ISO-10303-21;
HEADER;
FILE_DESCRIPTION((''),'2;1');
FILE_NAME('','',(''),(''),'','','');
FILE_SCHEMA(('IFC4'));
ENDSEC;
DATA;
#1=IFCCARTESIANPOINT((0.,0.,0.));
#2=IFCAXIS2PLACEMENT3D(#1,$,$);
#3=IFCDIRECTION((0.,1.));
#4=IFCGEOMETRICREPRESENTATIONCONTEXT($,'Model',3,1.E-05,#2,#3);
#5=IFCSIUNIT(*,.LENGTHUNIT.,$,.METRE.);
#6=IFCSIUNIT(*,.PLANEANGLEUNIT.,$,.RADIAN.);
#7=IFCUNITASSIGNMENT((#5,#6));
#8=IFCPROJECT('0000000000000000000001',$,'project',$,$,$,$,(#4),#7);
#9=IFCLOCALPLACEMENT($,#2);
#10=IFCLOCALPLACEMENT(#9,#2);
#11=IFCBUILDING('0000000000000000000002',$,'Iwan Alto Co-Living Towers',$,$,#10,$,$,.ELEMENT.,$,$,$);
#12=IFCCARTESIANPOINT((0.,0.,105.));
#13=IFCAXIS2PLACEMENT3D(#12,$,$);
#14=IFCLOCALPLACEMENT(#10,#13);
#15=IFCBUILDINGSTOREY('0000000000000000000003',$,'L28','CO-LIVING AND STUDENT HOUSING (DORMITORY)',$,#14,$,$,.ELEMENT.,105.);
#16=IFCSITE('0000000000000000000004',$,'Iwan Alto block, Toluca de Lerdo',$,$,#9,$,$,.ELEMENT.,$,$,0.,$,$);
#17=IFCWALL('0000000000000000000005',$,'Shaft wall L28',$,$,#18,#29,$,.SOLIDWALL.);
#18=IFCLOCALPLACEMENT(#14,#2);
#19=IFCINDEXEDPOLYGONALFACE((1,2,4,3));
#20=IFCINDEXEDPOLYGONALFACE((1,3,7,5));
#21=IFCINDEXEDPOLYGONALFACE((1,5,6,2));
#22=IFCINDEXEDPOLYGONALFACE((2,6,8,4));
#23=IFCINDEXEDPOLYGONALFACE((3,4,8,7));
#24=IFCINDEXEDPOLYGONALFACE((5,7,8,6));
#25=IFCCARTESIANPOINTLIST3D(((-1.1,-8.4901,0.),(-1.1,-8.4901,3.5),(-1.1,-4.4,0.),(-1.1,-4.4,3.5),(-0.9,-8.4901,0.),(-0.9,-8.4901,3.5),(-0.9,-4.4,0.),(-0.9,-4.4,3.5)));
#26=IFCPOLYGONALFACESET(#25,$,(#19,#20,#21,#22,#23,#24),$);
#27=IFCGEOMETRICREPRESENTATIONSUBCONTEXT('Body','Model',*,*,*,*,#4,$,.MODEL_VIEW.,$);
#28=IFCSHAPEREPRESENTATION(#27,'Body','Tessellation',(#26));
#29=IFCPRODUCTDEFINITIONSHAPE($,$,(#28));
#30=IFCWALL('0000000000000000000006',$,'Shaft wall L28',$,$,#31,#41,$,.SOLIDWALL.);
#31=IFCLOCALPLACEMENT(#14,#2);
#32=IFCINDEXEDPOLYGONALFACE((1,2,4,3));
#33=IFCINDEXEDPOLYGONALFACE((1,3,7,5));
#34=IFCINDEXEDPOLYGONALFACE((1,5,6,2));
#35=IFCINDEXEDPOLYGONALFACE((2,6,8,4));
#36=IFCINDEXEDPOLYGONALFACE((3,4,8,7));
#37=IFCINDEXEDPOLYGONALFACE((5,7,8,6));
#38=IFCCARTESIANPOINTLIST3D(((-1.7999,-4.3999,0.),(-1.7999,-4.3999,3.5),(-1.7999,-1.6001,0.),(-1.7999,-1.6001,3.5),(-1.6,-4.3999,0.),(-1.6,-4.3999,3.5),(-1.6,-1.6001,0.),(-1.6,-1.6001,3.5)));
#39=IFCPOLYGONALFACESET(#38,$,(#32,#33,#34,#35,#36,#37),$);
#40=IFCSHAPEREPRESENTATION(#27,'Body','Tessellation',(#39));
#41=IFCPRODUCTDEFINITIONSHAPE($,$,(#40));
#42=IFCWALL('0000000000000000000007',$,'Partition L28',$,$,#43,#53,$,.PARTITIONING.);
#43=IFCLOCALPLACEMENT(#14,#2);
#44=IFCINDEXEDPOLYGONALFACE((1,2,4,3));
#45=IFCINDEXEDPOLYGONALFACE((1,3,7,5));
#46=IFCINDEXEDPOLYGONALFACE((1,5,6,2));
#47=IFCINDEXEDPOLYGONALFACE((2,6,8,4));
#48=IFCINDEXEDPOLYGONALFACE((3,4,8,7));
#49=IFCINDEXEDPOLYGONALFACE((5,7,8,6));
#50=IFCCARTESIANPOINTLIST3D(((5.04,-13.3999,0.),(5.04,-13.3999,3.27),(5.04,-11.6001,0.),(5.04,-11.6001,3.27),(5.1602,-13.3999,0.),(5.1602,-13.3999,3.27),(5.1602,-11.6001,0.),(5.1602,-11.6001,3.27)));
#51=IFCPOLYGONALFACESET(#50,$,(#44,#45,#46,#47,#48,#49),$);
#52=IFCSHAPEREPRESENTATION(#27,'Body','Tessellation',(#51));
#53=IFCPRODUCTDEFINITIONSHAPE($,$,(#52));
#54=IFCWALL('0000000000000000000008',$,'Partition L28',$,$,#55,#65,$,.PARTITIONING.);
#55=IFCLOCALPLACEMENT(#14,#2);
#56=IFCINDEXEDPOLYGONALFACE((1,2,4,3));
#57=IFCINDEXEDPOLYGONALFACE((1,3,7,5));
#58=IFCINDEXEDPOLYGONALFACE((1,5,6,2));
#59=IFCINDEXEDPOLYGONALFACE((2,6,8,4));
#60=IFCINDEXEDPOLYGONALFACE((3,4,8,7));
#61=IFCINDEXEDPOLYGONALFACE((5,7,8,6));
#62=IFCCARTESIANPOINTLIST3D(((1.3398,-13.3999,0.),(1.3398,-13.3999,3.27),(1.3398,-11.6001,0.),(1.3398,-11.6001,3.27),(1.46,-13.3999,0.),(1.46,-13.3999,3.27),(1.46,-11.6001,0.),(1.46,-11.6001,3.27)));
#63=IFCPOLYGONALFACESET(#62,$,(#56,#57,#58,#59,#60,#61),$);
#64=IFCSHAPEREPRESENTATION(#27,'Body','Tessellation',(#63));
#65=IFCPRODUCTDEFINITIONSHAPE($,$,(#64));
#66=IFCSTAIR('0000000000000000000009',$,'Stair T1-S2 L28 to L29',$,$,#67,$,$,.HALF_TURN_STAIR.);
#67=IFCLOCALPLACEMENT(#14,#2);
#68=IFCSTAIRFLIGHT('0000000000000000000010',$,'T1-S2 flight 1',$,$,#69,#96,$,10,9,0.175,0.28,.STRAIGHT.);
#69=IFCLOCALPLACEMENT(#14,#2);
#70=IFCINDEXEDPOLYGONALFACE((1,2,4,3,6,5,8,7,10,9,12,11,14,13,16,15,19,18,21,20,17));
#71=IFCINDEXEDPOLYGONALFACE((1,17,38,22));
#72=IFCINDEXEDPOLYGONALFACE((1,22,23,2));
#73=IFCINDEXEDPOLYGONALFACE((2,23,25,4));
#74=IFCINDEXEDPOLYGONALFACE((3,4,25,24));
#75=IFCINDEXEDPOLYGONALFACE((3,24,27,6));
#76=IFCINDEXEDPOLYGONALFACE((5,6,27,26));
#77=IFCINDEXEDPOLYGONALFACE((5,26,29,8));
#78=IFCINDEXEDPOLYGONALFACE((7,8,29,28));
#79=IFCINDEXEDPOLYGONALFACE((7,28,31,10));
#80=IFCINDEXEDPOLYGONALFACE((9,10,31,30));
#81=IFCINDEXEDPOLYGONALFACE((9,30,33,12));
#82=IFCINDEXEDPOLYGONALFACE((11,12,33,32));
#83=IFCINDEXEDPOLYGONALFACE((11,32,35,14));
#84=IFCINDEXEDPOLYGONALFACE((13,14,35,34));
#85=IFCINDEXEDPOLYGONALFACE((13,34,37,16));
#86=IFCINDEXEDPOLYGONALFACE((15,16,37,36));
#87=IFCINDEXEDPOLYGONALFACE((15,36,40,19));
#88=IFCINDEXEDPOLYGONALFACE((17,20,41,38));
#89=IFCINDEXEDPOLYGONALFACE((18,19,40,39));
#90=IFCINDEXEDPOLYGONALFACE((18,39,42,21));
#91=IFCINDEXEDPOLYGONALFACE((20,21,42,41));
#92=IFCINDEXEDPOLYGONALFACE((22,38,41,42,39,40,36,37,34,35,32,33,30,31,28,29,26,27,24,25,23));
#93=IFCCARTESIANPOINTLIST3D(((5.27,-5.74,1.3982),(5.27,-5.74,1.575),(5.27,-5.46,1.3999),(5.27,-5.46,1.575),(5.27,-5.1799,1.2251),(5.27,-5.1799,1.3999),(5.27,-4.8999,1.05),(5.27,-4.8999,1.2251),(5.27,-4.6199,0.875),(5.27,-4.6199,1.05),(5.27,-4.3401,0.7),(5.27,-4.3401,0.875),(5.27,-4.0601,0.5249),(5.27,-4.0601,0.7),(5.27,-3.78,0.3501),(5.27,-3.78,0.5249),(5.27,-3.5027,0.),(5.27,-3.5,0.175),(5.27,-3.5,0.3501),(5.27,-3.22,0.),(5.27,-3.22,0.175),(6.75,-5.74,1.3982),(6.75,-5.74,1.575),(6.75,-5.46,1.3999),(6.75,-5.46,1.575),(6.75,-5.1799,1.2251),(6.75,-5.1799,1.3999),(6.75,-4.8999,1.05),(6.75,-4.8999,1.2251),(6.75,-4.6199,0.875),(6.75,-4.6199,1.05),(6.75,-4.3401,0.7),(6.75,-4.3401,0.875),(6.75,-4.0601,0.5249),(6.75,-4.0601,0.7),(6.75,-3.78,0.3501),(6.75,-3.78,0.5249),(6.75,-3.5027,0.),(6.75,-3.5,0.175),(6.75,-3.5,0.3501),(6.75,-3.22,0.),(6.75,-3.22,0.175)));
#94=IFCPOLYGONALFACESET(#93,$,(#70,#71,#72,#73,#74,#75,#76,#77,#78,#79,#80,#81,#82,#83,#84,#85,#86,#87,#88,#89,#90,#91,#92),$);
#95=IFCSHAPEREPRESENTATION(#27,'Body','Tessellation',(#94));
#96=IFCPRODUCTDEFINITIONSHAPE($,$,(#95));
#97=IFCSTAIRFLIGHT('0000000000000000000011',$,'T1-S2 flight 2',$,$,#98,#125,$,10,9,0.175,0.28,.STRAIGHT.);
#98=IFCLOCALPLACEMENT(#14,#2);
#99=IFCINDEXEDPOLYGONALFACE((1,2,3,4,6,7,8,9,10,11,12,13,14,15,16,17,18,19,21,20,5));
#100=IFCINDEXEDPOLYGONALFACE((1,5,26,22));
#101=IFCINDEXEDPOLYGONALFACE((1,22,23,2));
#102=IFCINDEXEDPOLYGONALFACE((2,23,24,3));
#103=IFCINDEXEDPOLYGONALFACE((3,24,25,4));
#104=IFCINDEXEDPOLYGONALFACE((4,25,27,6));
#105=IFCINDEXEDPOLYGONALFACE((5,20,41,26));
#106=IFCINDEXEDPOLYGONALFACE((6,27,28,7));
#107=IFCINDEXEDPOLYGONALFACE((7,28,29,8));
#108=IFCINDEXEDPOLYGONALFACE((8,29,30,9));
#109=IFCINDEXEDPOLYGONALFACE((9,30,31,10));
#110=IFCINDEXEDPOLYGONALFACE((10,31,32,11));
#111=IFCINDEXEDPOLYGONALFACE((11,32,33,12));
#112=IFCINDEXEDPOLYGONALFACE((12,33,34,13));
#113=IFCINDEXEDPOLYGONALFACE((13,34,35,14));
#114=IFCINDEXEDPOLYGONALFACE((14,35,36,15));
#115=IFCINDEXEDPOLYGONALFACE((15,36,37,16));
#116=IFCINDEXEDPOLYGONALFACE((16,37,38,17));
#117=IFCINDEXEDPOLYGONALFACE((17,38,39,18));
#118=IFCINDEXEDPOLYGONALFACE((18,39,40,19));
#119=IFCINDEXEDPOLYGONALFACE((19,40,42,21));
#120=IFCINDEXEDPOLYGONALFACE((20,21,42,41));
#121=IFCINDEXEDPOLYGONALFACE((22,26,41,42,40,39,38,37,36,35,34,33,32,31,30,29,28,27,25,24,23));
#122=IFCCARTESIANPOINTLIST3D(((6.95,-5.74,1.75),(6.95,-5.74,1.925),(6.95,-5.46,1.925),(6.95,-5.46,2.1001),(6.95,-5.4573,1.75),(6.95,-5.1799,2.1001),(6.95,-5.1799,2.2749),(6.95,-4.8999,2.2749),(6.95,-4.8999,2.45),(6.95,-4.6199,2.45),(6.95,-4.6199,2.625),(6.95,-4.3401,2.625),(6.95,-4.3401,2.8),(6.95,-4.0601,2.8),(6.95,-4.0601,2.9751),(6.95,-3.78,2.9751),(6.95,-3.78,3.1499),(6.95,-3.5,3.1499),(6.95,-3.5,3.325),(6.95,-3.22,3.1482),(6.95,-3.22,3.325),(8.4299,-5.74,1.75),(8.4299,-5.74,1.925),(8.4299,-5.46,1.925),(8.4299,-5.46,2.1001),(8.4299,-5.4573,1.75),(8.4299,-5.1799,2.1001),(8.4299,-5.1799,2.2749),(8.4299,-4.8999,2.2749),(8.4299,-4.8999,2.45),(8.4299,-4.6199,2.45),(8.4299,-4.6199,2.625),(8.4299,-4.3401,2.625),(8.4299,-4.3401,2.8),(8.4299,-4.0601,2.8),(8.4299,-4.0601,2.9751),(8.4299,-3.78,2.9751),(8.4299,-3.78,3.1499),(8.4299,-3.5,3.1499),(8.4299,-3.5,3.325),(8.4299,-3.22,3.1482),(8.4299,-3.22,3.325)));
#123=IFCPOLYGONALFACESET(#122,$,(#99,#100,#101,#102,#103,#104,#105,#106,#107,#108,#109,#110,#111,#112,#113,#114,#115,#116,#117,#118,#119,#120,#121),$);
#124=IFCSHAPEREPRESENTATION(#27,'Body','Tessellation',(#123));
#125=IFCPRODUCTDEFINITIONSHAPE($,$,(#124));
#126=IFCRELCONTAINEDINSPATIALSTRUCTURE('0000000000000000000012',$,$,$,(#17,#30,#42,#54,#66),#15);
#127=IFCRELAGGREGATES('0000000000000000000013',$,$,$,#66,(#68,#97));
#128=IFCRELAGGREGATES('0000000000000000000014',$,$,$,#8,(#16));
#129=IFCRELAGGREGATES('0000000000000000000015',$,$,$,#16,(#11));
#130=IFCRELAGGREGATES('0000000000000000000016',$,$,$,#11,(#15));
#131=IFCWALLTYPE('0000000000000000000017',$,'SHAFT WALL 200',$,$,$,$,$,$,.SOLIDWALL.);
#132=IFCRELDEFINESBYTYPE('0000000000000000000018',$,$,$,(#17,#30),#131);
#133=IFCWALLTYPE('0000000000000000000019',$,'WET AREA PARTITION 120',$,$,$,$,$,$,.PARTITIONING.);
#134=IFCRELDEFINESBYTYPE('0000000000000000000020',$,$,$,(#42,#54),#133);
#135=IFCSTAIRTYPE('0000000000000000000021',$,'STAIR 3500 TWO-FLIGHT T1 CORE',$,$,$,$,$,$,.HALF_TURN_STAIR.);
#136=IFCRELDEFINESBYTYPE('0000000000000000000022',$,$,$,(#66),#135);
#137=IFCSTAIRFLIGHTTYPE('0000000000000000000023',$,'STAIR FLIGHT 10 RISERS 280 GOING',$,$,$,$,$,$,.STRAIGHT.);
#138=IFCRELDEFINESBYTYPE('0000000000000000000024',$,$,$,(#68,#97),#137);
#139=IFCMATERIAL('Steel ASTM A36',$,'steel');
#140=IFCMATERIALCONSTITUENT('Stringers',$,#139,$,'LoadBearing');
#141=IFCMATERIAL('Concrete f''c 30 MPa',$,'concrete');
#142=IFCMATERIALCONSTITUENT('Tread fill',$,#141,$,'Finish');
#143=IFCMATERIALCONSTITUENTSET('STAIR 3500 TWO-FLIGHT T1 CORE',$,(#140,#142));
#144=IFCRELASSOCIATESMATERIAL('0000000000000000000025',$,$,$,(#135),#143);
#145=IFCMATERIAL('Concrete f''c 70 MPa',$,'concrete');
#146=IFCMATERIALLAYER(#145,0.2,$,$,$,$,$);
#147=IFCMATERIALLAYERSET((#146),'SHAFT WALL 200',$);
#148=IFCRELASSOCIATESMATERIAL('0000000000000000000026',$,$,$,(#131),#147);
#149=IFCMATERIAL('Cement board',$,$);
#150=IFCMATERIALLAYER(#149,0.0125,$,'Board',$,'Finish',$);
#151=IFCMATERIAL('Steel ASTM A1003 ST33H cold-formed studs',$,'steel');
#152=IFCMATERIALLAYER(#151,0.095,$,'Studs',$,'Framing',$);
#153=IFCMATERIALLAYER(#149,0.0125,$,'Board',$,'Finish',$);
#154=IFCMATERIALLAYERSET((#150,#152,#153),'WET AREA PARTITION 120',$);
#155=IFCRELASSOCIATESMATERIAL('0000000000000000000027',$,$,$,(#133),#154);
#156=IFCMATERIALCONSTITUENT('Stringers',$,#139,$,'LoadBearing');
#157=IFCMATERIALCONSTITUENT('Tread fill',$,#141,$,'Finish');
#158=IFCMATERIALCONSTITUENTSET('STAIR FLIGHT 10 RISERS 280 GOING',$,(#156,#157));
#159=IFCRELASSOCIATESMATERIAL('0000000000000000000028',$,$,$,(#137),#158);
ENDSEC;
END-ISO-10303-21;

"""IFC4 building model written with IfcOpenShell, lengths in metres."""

from ifc_helpers import new_model, si_unit, direction, frame, frame_2d, origin, place, context, subcontext, project, spatial, polyline, rectangle, outline, extrude, material, layer, layer_set, constituent, constituent_set, type_object, element, aggregate, save


model = new_model("IFC4")

# Units and contexts
model_context = context("Model", 3, precision=1e-05, world=origin(), true_north=direction((0.0, 1.0)))
body_context = subcontext(model_context, "Body", "Model", "MODEL_VIEW")
ifc_project = project(units=[si_unit("LENGTHUNIT", "METRE"), si_unit("PLANEANGLEUNIT", "RADIAN")], contexts=[model_context])

# Site, building, storey
site_placement = place(None, origin())
site = spatial("IfcSite", under=ifc_project, at=site_placement, Name="Iwan Alto block, Toluca de Lerdo", CompositionType="ELEMENT", RefElevation=0.0)
building_placement = place(site_placement, origin())
building = spatial("IfcBuilding", under=site, at=building_placement, Name="Iwan Alto Co-Living Towers", CompositionType="ELEMENT")
storey_placement = place(building_placement, frame((0.0, 0.0, 105.0)))
storey = spatial("IfcBuildingStorey", under=building, at=storey_placement, Name="L28", Description="CO-LIVING AND STUDENT HOUSING (DORMITORY)", CompositionType="ELEMENT", Elevation=105.0)

# Shared definitions
ifc_material_1 = material(Name="Steel ASTM A36", Category="steel")
ifc_constituent_1 = constituent(ifc_material_1, Name="Stringers", Category="LoadBearing")
ifc_material_2 = material(Name="Concrete f'c 30 MPa", Category="concrete")
ifc_constituent_2 = constituent(ifc_material_2, Name="Tread fill", Category="Finish")
ifc_constituent_set_1 = constituent_set(constituents=[ifc_constituent_1, ifc_constituent_2], Name="STAIR 3500 TWO-FLIGHT T1 CORE")
stair_type = type_object("IfcStairType", Name="STAIR 3500 TWO-FLIGHT T1 CORE", PredefinedType="HALF_TURN_STAIR", material=ifc_constituent_set_1)

# Shared definitions
ifc_material_3 = material(Name="Concrete f'c 70 MPa", Category="concrete")
ifc_layer_1 = layer(ifc_material_3, 0.2)
ifc_layer_set_1 = layer_set([ifc_layer_1], Name="SHAFT WALL 200")
wall_type_1 = type_object("IfcWallType", Name="SHAFT WALL 200", PredefinedType="SOLIDWALL", material=ifc_layer_set_1)

# Walls
wall_1_placement = place(storey_placement, frame((-1.0, -8.49, 0.0), z_axis=(0.0, 0.0, 1.0), x_axis=(0.0, 1.0, 0.0)))
element("IfcWall", 1, at=wall_1_placement, inside=storey, type_object=wall_type_1, Name="Shaft wall L28", PredefinedType="SOLIDWALL", context=body_context, shape_type="SweptSolid", body=[
    extrude(rectangle(XDim=4.0901, YDim=0.2, at=frame_2d((2.0449, 0.0))), origin(), (0.0, 0.0, 1.0), 3.5),
])
wall_2_placement = place(storey_placement, frame((-1.7, -4.3999, 0.0), z_axis=(0.0, 0.0, 1.0), x_axis=(0.0, 1.0, 0.0)))
element("IfcWall", 2, at=wall_2_placement, inside=storey, type_object=wall_type_1, Name="Shaft wall L28", PredefinedType="SOLIDWALL", context=body_context, shape_type="SweptSolid", body=[
    extrude(rectangle(XDim=2.7998, YDim=0.2, at=frame_2d((1.3999, 0.0))), origin(), (0.0, 0.0, 1.0), 3.5),
])
ifc_material_4 = material(Name="Cement board")
ifc_layer_2 = layer(ifc_material_4, 0.0125, Name="Board", Category="Finish")
ifc_material_5 = material(Name="Steel ASTM A1003 ST33H cold-formed studs", Category="steel")
ifc_layer_3 = layer(ifc_material_5, 0.095, Name="Studs", Category="Framing")
ifc_layer_4 = layer(ifc_material_4, 0.0125, Name="Board", Category="Finish")
ifc_layer_set_2 = layer_set([ifc_layer_2, ifc_layer_3, ifc_layer_4], Name="WET AREA PARTITION 120")
wall_type_2 = type_object("IfcWallType", Name="WET AREA PARTITION 120", PredefinedType="PARTITIONING", material=ifc_layer_set_2)
for number, where, z_axis, x_axis, name in (
    (3, (5.1001, -13.3999, 0.0), (0.0, 0.0, 1.0), (0.0, 1.0, 0.0), "Partition L28"),
    (4, (1.3999, -13.3999, 0.0), (0.0, 0.0, 1.0), (0.0, 1.0, 0.0), "Partition L28"),
):
    element("IfcWall", number, at=place(storey_placement, frame(where, z_axis=z_axis, x_axis=x_axis)), inside=storey, type_object=wall_type_2, Name=name, PredefinedType="PARTITIONING", context=body_context, shape_type="SweptSolid", body=[
        extrude(rectangle(XDim=1.7998, YDim=0.1201, at=frame_2d((0.8999, 0.0))), origin(), (0.0, 0.0, 1.0), 3.27),
    ])

# Stair, stair flights
stair_1_placement = place(storey_placement, origin())
stair_1 = element("IfcStair", 5, at=stair_1_placement, inside=storey, type_object=stair_type, Name="Stair T1-S2 L28 to L29", PredefinedType="HALF_TURN_STAIR")
ifc_constituent_3 = constituent(ifc_material_1, Name="Stringers", Category="LoadBearing")
ifc_constituent_4 = constituent(ifc_material_2, Name="Tread fill", Category="Finish")
ifc_constituent_set_2 = constituent_set(constituents=[ifc_constituent_3, ifc_constituent_4], Name="STAIR FLIGHT 10 RISERS 280 GOING")
stair_flight_type = type_object("IfcStairFlightType", Name="STAIR FLIGHT 10 RISERS 280 GOING", PredefinedType="STRAIGHT", material=ifc_constituent_set_2)
stair_flight_1_placement = place(storey_placement, frame((6.01, -3.22, 0.0), z_axis=(0.0, 0.0, 1.0), x_axis=(0.0, -1.0, 0.0)))
stair_flight_1 = element("IfcStairFlight", 6, at=stair_flight_1_placement, type_object=stair_flight_type, Name="T1-S2 flight 1", NumberOfRisers=10, NumberOfTreads=9, PredefinedType="STRAIGHT", RiserHeight=0.175, TreadLength=0.28, context=body_context, shape_type="SweptSolid", body=[
    extrude(outline(polyline([(0.0, 0.0), (0.0, 0.175), (0.28, 0.175), (0.28, 0.3501), (0.5601, 0.3501), (0.5601, 0.5249), (0.8401, 0.5249), (0.8401, 0.7), (1.1201, 0.7), (1.1201, 0.875), (1.3999, 0.875), (1.3999, 1.05), (1.6799, 1.05), (1.6799, 1.2251), (1.96, 1.2251), (1.96, 1.3999), (2.24, 1.3999), (2.24, 1.575), (2.52, 1.575), (2.52, 1.75), (2.52, 1.3982), (0.2827, 0.0), (0.0, 0.0)])), frame((0.0, 0.74, 0.0), z_axis=(0.0, -1.0, 0.0), x_axis=(1.0, 0.0, 0.0)), (0.0, 0.0, 1.0), 1.48),
])
stair_flight_2_placement = place(storey_placement, frame((7.6899, -5.74, 1.75), z_axis=(0.0, 0.0, 1.0), x_axis=(0.0, 1.0, 0.0)))
stair_flight_2 = element("IfcStairFlight", 7, at=stair_flight_2_placement, type_object=stair_flight_type, Name="T1-S2 flight 2", NumberOfRisers=10, NumberOfTreads=9, PredefinedType="STRAIGHT", RiserHeight=0.175, TreadLength=0.28, context=body_context, shape_type="SweptSolid", body=[
    extrude(outline(polyline([(0.0, 0.0), (0.0, 0.175), (0.28, 0.175), (0.28, 0.3501), (0.5601, 0.3501), (0.5601, 0.5249), (0.8401, 0.5249), (0.8401, 0.7), (1.1201, 0.7), (1.1201, 0.875), (1.3999, 0.875), (1.3999, 1.05), (1.6799, 1.05), (1.6799, 1.2251), (1.96, 1.2251), (1.96, 1.3999), (2.24, 1.3999), (2.24, 1.575), (2.52, 1.575), (2.52, 1.75), (2.52, 1.3982), (0.2827, 0.0), (0.0, 0.0)])), frame((0.0, 0.74, 0.0), z_axis=(0.0, -1.0, 0.0), x_axis=(1.0, 0.0, 0.0)), (0.0, 0.0, 1.0), 1.48),
])
aggregate(stair_1, [stair_flight_1, stair_flight_2])

save(model, "model.ifc")
